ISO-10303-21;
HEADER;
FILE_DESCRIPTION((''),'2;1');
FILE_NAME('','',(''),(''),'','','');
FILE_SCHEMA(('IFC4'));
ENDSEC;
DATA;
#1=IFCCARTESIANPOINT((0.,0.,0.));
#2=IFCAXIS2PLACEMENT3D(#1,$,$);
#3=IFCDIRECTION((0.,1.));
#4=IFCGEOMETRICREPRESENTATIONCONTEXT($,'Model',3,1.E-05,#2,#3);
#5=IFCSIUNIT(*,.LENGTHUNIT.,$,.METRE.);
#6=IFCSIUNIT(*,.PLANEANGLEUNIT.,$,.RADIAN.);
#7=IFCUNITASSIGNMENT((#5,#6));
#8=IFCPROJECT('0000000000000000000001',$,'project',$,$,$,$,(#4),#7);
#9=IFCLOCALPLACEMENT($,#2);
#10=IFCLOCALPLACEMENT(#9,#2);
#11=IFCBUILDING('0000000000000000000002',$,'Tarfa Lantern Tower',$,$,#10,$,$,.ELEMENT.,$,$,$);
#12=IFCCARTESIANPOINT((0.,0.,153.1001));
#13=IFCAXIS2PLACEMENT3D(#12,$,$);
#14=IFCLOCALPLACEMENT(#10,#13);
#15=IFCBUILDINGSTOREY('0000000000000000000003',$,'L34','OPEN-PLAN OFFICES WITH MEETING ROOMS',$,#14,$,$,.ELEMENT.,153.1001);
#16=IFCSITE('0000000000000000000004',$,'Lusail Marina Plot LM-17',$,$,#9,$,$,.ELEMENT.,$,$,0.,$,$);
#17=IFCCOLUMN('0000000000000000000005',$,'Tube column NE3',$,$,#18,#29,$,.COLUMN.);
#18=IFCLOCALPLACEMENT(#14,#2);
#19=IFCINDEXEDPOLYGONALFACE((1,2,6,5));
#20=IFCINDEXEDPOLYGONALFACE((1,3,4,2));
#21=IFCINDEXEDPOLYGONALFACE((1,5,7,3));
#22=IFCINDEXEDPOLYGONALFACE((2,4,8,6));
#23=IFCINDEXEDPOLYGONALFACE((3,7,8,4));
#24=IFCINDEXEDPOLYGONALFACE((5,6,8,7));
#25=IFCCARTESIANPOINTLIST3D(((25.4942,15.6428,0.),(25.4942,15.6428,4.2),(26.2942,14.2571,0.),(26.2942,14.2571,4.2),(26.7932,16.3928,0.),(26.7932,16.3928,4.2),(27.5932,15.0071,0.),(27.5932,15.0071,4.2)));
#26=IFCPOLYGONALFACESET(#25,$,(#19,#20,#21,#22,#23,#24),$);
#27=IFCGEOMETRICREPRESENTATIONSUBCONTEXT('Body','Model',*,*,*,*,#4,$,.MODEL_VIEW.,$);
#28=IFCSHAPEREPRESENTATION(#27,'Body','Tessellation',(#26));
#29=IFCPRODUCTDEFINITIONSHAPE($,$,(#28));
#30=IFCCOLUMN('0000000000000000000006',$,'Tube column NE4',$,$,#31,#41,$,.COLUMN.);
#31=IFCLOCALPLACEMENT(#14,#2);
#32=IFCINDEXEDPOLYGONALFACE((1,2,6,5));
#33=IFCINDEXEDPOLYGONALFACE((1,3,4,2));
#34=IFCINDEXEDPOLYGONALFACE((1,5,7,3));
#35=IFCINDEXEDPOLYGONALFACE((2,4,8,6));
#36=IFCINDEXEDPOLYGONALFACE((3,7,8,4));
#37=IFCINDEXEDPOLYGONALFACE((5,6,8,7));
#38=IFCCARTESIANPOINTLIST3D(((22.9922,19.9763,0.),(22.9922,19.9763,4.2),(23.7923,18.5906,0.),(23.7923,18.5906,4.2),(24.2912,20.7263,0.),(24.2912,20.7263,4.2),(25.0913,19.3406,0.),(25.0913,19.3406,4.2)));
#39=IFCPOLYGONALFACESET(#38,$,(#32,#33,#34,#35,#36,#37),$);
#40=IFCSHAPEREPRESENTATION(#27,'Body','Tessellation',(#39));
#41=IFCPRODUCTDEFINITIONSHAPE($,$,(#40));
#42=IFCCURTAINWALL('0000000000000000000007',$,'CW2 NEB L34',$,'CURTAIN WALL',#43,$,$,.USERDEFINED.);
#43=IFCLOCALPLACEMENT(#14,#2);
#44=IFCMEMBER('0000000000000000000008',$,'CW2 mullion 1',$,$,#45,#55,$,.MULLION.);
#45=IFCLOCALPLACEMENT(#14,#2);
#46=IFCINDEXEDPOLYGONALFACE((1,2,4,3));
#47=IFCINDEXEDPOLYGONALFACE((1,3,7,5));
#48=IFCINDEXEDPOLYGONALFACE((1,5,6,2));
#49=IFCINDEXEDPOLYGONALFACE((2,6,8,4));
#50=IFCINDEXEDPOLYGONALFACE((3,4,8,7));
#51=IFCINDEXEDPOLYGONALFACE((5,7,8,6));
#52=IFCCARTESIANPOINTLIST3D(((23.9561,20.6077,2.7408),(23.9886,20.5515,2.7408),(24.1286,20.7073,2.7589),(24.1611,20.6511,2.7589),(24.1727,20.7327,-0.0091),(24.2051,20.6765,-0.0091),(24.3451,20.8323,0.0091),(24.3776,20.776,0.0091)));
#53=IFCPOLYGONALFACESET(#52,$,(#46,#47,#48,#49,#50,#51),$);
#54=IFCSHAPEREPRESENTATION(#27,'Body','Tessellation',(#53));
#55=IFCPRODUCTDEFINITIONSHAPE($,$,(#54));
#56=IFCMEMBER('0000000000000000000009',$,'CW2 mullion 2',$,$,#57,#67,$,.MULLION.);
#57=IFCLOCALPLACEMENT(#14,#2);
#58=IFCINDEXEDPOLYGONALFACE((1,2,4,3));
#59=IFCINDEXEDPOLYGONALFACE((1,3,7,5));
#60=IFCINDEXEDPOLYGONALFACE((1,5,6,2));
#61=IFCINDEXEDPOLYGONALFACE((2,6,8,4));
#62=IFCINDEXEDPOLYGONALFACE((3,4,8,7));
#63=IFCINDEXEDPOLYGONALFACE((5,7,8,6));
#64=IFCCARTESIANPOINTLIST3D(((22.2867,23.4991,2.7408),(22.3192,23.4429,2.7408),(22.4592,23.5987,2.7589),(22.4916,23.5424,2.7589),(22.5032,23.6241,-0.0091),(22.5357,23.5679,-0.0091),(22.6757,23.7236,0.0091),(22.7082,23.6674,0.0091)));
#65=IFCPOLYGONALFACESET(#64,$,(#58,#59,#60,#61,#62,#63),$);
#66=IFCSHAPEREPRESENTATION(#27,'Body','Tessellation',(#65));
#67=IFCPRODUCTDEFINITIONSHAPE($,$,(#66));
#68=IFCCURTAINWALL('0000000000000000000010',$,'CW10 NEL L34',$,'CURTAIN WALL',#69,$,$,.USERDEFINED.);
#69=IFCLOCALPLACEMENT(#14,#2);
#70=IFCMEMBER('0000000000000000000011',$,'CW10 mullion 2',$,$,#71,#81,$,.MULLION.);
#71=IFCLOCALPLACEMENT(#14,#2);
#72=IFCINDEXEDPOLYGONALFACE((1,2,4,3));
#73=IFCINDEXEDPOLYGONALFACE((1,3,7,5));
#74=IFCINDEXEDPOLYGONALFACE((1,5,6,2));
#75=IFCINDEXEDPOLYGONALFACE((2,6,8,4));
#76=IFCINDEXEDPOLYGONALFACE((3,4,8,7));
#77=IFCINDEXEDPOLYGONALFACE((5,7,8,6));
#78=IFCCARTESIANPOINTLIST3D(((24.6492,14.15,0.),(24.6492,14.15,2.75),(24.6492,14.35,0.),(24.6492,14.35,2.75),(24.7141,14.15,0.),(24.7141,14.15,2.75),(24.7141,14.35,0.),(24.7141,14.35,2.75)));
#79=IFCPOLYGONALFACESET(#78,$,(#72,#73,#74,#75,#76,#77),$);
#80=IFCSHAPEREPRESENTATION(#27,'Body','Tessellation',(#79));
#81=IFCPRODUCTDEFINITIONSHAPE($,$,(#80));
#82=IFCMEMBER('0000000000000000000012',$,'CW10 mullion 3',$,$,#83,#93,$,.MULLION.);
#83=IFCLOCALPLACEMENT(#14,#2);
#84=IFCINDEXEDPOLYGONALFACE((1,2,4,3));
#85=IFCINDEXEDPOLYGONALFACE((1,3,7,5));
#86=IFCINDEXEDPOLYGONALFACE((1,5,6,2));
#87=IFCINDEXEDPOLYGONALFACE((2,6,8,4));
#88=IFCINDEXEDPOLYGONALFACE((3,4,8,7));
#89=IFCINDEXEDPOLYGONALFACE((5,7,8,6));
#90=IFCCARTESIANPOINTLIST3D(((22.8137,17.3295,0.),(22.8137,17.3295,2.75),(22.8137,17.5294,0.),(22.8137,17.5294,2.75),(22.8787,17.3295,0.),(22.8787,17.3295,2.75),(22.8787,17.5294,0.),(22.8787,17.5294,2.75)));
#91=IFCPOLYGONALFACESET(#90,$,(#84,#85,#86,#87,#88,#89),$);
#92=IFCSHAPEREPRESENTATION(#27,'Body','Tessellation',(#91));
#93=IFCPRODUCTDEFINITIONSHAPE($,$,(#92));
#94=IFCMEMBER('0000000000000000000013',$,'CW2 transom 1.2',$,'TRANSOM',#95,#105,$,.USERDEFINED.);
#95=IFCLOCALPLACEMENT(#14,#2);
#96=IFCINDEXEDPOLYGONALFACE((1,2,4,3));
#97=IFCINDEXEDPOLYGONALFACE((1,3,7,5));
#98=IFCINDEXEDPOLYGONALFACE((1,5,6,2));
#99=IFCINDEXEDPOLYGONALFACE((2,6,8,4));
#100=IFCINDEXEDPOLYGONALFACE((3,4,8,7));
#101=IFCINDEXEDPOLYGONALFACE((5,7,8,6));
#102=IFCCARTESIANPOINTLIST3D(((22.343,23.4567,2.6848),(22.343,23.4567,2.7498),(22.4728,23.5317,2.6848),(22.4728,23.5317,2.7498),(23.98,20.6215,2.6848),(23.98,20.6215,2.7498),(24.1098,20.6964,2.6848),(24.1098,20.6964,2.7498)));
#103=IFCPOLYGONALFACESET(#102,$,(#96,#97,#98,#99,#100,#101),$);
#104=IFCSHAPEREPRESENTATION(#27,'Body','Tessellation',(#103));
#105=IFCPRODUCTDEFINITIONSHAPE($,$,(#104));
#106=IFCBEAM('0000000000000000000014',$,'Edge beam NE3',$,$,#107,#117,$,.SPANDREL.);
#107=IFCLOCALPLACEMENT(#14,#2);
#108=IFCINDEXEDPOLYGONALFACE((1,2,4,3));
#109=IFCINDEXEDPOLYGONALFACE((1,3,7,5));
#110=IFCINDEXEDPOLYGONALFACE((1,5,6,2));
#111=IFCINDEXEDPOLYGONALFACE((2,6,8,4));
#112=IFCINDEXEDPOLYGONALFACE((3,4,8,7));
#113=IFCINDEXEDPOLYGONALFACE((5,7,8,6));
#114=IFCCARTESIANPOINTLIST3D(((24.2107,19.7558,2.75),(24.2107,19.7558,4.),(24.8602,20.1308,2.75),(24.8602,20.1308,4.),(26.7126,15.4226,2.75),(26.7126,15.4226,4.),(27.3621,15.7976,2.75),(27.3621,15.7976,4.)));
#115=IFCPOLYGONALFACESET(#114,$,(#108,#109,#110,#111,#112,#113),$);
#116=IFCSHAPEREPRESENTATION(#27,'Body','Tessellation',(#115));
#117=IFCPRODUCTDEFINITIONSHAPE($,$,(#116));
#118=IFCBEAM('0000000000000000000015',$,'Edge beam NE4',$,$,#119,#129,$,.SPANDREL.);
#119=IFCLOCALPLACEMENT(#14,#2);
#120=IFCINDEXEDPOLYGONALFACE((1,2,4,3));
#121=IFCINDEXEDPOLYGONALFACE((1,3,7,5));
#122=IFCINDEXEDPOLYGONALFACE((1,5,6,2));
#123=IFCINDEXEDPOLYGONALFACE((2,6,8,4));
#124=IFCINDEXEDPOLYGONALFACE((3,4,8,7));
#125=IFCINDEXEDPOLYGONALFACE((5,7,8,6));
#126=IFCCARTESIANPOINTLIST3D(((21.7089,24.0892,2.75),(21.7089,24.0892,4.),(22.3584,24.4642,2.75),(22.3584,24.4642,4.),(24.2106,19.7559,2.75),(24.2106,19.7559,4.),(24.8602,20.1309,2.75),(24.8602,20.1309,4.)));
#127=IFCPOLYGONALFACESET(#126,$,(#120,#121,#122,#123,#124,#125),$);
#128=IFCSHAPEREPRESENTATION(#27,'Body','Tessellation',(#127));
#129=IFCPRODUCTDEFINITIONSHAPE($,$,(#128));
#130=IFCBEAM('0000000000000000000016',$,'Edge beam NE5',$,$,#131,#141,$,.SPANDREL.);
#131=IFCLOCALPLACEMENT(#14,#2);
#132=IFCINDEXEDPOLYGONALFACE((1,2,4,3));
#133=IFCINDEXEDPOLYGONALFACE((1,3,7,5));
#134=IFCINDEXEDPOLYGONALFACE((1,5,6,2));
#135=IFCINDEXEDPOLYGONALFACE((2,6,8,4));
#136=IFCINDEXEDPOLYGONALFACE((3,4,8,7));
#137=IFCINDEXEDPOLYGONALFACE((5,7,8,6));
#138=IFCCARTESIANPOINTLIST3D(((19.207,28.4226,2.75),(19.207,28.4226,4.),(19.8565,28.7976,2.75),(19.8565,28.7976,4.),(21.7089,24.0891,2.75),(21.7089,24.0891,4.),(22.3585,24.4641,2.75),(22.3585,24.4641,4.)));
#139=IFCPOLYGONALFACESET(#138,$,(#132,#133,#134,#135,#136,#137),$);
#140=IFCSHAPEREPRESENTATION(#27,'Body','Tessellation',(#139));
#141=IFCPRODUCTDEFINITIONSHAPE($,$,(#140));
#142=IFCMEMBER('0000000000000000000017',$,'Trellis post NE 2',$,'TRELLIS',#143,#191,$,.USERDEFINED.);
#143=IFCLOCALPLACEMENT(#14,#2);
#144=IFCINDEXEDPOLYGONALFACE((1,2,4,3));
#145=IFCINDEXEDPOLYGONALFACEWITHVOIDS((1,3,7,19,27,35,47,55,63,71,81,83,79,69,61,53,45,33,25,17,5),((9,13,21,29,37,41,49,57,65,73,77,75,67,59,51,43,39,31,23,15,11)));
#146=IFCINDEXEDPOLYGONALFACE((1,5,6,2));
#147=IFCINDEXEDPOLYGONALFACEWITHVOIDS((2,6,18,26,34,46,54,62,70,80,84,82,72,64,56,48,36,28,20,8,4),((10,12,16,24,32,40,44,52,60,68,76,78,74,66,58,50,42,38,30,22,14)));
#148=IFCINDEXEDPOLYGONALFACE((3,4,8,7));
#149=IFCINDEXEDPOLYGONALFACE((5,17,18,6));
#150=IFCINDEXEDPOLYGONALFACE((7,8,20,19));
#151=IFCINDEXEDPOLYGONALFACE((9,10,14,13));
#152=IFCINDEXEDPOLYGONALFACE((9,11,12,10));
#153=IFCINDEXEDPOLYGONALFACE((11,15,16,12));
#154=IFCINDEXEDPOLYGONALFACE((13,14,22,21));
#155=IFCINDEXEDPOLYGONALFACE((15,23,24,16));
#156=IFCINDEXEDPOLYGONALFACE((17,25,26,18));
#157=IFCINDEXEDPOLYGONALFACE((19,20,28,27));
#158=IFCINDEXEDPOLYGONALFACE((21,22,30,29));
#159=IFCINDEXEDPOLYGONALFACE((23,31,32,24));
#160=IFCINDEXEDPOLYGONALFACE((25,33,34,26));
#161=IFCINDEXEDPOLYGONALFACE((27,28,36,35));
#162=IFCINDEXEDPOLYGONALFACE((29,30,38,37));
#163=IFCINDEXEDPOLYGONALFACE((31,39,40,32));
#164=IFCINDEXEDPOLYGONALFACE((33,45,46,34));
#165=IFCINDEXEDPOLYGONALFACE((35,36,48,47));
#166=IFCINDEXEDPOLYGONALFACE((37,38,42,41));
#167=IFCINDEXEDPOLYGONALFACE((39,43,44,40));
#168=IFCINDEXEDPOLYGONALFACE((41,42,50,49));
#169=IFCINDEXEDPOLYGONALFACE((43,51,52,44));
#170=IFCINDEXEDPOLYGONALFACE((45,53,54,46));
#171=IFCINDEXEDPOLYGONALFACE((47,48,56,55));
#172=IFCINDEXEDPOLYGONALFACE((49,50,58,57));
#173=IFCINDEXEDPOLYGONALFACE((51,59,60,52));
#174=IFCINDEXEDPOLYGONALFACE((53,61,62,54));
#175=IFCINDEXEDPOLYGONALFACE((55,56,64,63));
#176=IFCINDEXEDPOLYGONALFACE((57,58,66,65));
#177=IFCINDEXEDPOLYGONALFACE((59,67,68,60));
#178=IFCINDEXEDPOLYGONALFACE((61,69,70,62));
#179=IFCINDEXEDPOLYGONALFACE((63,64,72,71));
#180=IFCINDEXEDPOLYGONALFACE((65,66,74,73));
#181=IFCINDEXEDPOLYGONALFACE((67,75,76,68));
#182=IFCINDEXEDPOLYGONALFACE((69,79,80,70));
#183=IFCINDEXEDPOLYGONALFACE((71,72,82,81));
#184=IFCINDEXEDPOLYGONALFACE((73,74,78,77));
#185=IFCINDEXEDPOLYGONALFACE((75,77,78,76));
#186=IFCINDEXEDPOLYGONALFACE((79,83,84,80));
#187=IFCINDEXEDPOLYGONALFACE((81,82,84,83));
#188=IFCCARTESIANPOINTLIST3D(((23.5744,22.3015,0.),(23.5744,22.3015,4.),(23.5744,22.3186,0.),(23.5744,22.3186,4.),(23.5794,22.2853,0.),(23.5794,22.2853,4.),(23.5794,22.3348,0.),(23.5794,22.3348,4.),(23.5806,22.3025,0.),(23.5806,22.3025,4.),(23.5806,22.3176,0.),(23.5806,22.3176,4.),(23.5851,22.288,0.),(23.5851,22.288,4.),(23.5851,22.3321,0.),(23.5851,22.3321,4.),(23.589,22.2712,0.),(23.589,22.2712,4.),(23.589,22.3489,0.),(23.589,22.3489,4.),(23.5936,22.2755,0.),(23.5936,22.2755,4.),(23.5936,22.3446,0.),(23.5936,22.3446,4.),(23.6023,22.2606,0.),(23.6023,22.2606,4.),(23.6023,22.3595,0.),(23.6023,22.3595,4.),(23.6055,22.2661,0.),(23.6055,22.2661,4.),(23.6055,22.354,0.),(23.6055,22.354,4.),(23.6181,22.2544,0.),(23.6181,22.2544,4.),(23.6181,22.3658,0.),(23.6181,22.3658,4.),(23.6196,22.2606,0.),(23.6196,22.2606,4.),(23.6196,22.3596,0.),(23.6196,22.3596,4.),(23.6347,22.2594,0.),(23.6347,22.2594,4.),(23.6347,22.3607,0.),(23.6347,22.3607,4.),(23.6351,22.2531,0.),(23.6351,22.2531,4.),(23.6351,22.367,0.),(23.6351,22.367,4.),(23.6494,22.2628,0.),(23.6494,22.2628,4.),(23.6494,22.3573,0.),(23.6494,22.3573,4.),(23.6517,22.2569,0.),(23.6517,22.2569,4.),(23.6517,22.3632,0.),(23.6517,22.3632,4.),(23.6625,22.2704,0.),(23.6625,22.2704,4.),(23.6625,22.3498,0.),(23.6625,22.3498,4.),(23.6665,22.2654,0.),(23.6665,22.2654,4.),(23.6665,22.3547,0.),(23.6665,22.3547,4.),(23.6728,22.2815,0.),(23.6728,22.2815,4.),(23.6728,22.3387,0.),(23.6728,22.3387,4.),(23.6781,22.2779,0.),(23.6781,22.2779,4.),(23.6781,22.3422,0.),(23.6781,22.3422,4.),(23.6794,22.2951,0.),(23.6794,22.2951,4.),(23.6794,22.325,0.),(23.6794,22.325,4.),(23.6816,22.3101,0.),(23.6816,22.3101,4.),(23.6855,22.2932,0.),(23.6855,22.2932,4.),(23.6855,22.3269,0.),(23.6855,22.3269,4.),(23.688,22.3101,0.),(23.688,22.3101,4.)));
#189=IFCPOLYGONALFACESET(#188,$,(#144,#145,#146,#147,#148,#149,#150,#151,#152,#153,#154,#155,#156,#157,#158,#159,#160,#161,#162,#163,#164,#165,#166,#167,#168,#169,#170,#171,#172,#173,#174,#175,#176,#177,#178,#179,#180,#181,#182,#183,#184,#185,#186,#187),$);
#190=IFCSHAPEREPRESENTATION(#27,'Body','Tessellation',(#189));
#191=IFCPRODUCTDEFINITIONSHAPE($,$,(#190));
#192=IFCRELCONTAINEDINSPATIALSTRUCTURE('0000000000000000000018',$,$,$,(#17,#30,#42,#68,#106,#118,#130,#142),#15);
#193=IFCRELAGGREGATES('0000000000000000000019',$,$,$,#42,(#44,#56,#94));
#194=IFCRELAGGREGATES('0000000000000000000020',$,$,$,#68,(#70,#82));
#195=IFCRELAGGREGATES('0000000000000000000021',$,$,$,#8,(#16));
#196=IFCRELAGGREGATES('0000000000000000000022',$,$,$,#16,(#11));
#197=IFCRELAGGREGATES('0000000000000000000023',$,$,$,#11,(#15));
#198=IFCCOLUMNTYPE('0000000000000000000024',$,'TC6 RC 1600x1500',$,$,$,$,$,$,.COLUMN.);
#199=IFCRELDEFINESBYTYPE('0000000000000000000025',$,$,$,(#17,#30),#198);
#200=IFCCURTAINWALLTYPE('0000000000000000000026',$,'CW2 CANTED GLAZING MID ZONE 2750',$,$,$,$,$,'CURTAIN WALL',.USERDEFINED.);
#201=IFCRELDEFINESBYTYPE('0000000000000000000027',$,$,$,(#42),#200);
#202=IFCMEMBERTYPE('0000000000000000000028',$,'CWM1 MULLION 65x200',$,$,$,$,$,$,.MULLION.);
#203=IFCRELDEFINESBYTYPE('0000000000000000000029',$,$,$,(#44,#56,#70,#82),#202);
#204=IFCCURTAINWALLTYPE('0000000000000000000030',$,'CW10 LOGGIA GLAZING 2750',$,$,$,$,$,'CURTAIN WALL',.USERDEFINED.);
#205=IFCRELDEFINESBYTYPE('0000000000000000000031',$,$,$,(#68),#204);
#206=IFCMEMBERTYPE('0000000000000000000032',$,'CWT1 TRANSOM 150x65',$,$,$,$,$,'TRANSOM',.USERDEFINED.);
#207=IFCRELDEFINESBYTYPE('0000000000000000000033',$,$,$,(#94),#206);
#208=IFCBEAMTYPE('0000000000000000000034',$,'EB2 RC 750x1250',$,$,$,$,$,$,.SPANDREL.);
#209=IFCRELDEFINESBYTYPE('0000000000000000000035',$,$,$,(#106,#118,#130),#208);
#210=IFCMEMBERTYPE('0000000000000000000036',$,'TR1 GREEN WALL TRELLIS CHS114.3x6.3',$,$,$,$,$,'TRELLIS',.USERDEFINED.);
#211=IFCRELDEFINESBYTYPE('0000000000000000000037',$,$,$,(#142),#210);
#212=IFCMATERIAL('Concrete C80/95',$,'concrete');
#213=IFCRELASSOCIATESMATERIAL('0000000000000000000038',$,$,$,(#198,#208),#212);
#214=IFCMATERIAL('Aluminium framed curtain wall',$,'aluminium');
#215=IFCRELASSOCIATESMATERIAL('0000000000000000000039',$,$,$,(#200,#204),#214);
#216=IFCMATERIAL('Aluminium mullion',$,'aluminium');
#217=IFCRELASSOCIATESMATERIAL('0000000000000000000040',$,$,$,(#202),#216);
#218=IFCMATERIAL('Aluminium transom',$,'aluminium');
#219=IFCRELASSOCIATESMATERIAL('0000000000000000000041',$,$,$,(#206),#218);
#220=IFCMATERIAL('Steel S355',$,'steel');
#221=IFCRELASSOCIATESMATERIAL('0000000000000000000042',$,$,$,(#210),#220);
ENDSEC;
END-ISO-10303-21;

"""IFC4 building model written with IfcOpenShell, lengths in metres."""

from ifc_helpers import new_model, si_unit, direction, frame, origin, origin_2d, place, context, subcontext, project, spatial, rectangle, hollow_circle, extrude, material, material_profile, profile_set, type_object, element, aggregate, save


model = new_model("IFC4")

# Units and contexts
model_context = context("Model", 3, precision=1e-05, world=origin(), true_north=direction((0.0, 1.0)))
body_context = subcontext(model_context, "Body", "Model", "MODEL_VIEW")
ifc_project = project(units=[si_unit("LENGTHUNIT", "METRE"), si_unit("PLANEANGLEUNIT", "RADIAN")], contexts=[model_context])

# Site, building, storey
site_placement = place(None, origin())
site = spatial("IfcSite", under=ifc_project, at=site_placement, Name="Lusail Marina Plot LM-17", CompositionType="ELEMENT", RefElevation=0.0)
building_placement = place(site_placement, origin())
building = spatial("IfcBuilding", under=site, at=building_placement, Name="Tarfa Lantern Tower", CompositionType="ELEMENT")
storey_placement = place(building_placement, frame((0.0, 0.0, 153.1001)))
storey = spatial("IfcBuildingStorey", under=building, at=storey_placement, Name="L34", Description="OPEN-PLAN OFFICES WITH MEETING ROOMS", CompositionType="ELEMENT", Elevation=153.1001)

# Columns
ifc_material_1 = material(Name="Concrete C80/95", Category="concrete")
ifc_material_profile_1 = material_profile(ifc_material_1, rectangle(XDim=1.6001, YDim=1.5, at=origin_2d()), Name="RC 1600x1500")
ifc_profile_set_1 = profile_set([ifc_material_profile_1], Name="Concrete C80/95")
column_type = type_object("IfcColumnType", Name="TC6 RC 1600x1500", PredefinedType="COLUMN", material=ifc_profile_set_1)
for number, where, z_axis, x_axis, name in (
    (1, (26.5437, 15.325, 0.0), (0.0, 0.0, 1.0), (-0.5, 0.866025, 0.0), "Tube column NE3"),
    (2, (24.0417, 19.6584, 0.0), (0.0, 0.0, 1.0), (-0.5, 0.866025, 0.0), "Tube column NE4"),
):
    element("IfcColumn", number, at=place(storey_placement, frame(where, z_axis=z_axis, x_axis=x_axis)), inside=storey, type_object=column_type, Name=name, PredefinedType="COLUMN", context=body_context, shape_type="SweptSolid", body=[
        extrude(rectangle(XDim=1.6001, YDim=1.5, at=origin_2d()), origin(), (0.0, 0.0, 1.0), 4.2),
    ])

# Curtain walls, members
ifc_material_2 = material(Name="Aluminium framed curtain wall", Category="aluminium")
curtain_wall_type_1 = type_object("IfcCurtainWallType", Name="CW2 CANTED GLAZING MID ZONE 2750", ElementType="CURTAIN WALL", PredefinedType="USERDEFINED", material=ifc_material_2)
curtain_wall_1_placement = place(storey_placement, origin())
curtain_wall_1 = element("IfcCurtainWall", 3, at=curtain_wall_1_placement, inside=storey, type_object=curtain_wall_type_1, Name="CW2 NEB L34", ObjectType="CURTAIN WALL", PredefinedType="USERDEFINED")
ifc_material_3 = material(Name="Aluminium mullion", Category="aluminium")
ifc_material_profile_2 = material_profile(ifc_material_3, rectangle(XDim=0.0649, YDim=0.2, at=origin_2d()), Name="AL MULLION 65x200")
ifc_profile_set_2 = profile_set([ifc_material_profile_2], Name="Aluminium mullion")
member_type_1 = type_object("IfcMemberType", Name="CWM1 MULLION 65x200", PredefinedType="MULLION", material=ifc_profile_set_2)
member_1_placement = place(storey_placement, frame((24.2751, 20.7544, 0.0), z_axis=(-0.078423, -0.045268, 0.995892), x_axis=(0.49992, -0.866072, 0.0)))
member_1 = element("IfcMember", 4, at=member_1_placement, type_object=member_type_1, Name="CW2 mullion 1", PredefinedType="MULLION", context=body_context, shape_type="SweptSolid", body=[
    extrude(rectangle(XDim=0.0649, YDim=0.2, at=origin_2d()), origin(), (0.0, 0.0, 1.0), 2.7612),
])
member_2_placement = place(storey_placement, frame((22.6057, 23.6458, 0.0), z_axis=(-0.078423, -0.045268, 0.995892), x_axis=(0.49992, -0.866072, 0.0)))
member_2 = element("IfcMember", 5, at=member_2_placement, type_object=member_type_1, Name="CW2 mullion 2", PredefinedType="MULLION", context=body_context, shape_type="SweptSolid", body=[
    extrude(rectangle(XDim=0.0649, YDim=0.2, at=origin_2d()), origin(), (0.0, 0.0, 1.0), 2.7612),
])
curtain_wall_type_2 = type_object("IfcCurtainWallType", Name="CW10 LOGGIA GLAZING 2750", ElementType="CURTAIN WALL", PredefinedType="USERDEFINED", material=ifc_material_2)
curtain_wall_2_placement = place(storey_placement, origin())
curtain_wall_2 = element("IfcCurtainWall", 6, at=curtain_wall_2_placement, inside=storey, type_object=curtain_wall_type_2, Name="CW10 NEL L34", ObjectType="CURTAIN WALL", PredefinedType="USERDEFINED")
member_3_placement = place(storey_placement, frame((24.6816, 14.25, 0.0), z_axis=(0.0, 0.0, 1.0), x_axis=(1.0, 0.0, 0.0)))
member_3 = element("IfcMember", 7, at=member_3_placement, type_object=member_type_1, Name="CW10 mullion 2", PredefinedType="MULLION", context=body_context, shape_type="SweptSolid", body=[
    extrude(rectangle(XDim=0.0649, YDim=0.2, at=origin_2d()), origin(), (0.0, 0.0, 1.0), 2.75),
])
member_4_placement = place(storey_placement, frame((22.8462, 17.4294, 0.0), z_axis=(0.0, 0.0, 1.0), x_axis=(1.0, 0.0, 0.0)))
member_4 = element("IfcMember", 8, at=member_4_placement, type_object=member_type_1, Name="CW10 mullion 3", PredefinedType="MULLION", context=body_context, shape_type="SweptSolid", body=[
    extrude(rectangle(XDim=0.0649, YDim=0.2, at=origin_2d()), origin(), (0.0, 0.0, 1.0), 2.75),
])

# Member
ifc_material_4 = material(Name="Aluminium transom", Category="aluminium")
ifc_material_profile_3 = material_profile(ifc_material_4, rectangle(XDim=0.1499, YDim=0.0649, at=origin_2d()), Name="AL TRANSOM 150x65")
ifc_profile_set_3 = profile_set([ifc_material_profile_3], Name="Aluminium transom")
member_type_2 = type_object("IfcMemberType", Name="CWT1 TRANSOM 150x65", ElementType="TRANSOM", PredefinedType="USERDEFINED", material=ifc_profile_set_3)
member_5_placement = place(storey_placement, frame((24.0449, 20.6589, 2.7173), z_axis=(-0.500013, 0.866018, 0.0), x_axis=(-0.866018, -0.500013, 0.0)))
member_5 = element("IfcMember", 9, at=member_5_placement, type_object=member_type_2, Name="CW2 transom 1.2", ObjectType="TRANSOM", PredefinedType="USERDEFINED", context=body_context, shape_type="SweptSolid", body=[
    extrude(rectangle(XDim=0.1499, YDim=0.0649, at=origin_2d()), origin(), (0.0, 0.0, 1.0), 3.2739),
])

# Beams
ifc_material_profile_4 = material_profile(ifc_material_1, rectangle(XDim=0.75, YDim=1.25, at=origin_2d()), Name="RC 750x1250")
ifc_profile_set_4 = profile_set([ifc_material_profile_4], Name="Concrete C80/95")
beam_type_1 = type_object("IfcBeamType", Name="EB2 RC 750x1250", PredefinedType="SPANDREL", material=ifc_profile_set_4)
for number, where, z_axis, x_axis, name in (
    (10, (27.0374, 15.6101, 3.375), (-0.500022, 0.866013, 0.0), (-0.866013, -0.500022, 0.0), "Edge beam NE3"),
    (11, (24.5354, 19.9434, 3.375), (-0.499986, 0.866034, 0.0), (-0.866034, -0.499986, 0.0), "Edge beam NE4"),
):
    element("IfcBeam", number, at=place(storey_placement, frame(where, z_axis=z_axis, x_axis=x_axis)), inside=storey, type_object=beam_type_1, Name=name, PredefinedType="SPANDREL", context=body_context, shape_type="SweptSolid", body=[
        extrude(rectangle(XDim=0.75, YDim=1.25, at=origin_2d()), origin(), (0.0, 0.0, 1.0), 5.0037),
    ])
beam_1_placement = place(storey_placement, frame((22.0337, 24.2766, 3.375), z_axis=(-0.500001, 0.866025, 0.0), x_axis=(-0.866025, -0.500001, 0.0)))
element("IfcBeam", 12, at=beam_1_placement, inside=storey, type_object=beam_type_1, Name="Edge beam NE5", PredefinedType="SPANDREL", context=body_context, shape_type="SweptSolid", body=[
    extrude(rectangle(XDim=0.75, YDim=1.25, at=origin_2d()), origin(), (0.0, 0.0, 1.0), 5.0039),
])

# Member
ifc_material_5 = material(Name="Steel S355", Category="steel")
ifc_material_profile_5 = material_profile(ifc_material_5, hollow_circle(Radius=0.0571, WallThickness=0.0063, at=origin_2d()), Name="CHS114.3x6.3")
ifc_profile_set_5 = profile_set([ifc_material_profile_5], Name="Steel S355")
member_type_3 = type_object("IfcMemberType", Name="TR1 GREEN WALL TRELLIS CHS114.3x6.3", ElementType="TRELLIS", PredefinedType="USERDEFINED", material=ifc_profile_set_5)
member_6_placement = place(storey_placement, frame((23.6309, 22.3101, 0.0), z_axis=(0.0, 0.0, 1.0), x_axis=(1.0, 0.0, 0.0)))
element("IfcMember", 13, at=member_6_placement, inside=storey, type_object=member_type_3, Name="Trellis post NE 2", ObjectType="TRELLIS", PredefinedType="USERDEFINED", context=body_context, shape_type="SweptSolid", body=[
    extrude(hollow_circle(Radius=0.0571, WallThickness=0.0063, at=origin_2d()), origin(), (0.0, 0.0, 1.0), 4.0),
])

aggregate(curtain_wall_1, [member_1, member_2, member_5])
aggregate(curtain_wall_2, [member_3, member_4])

save(model, "model.ifc")
